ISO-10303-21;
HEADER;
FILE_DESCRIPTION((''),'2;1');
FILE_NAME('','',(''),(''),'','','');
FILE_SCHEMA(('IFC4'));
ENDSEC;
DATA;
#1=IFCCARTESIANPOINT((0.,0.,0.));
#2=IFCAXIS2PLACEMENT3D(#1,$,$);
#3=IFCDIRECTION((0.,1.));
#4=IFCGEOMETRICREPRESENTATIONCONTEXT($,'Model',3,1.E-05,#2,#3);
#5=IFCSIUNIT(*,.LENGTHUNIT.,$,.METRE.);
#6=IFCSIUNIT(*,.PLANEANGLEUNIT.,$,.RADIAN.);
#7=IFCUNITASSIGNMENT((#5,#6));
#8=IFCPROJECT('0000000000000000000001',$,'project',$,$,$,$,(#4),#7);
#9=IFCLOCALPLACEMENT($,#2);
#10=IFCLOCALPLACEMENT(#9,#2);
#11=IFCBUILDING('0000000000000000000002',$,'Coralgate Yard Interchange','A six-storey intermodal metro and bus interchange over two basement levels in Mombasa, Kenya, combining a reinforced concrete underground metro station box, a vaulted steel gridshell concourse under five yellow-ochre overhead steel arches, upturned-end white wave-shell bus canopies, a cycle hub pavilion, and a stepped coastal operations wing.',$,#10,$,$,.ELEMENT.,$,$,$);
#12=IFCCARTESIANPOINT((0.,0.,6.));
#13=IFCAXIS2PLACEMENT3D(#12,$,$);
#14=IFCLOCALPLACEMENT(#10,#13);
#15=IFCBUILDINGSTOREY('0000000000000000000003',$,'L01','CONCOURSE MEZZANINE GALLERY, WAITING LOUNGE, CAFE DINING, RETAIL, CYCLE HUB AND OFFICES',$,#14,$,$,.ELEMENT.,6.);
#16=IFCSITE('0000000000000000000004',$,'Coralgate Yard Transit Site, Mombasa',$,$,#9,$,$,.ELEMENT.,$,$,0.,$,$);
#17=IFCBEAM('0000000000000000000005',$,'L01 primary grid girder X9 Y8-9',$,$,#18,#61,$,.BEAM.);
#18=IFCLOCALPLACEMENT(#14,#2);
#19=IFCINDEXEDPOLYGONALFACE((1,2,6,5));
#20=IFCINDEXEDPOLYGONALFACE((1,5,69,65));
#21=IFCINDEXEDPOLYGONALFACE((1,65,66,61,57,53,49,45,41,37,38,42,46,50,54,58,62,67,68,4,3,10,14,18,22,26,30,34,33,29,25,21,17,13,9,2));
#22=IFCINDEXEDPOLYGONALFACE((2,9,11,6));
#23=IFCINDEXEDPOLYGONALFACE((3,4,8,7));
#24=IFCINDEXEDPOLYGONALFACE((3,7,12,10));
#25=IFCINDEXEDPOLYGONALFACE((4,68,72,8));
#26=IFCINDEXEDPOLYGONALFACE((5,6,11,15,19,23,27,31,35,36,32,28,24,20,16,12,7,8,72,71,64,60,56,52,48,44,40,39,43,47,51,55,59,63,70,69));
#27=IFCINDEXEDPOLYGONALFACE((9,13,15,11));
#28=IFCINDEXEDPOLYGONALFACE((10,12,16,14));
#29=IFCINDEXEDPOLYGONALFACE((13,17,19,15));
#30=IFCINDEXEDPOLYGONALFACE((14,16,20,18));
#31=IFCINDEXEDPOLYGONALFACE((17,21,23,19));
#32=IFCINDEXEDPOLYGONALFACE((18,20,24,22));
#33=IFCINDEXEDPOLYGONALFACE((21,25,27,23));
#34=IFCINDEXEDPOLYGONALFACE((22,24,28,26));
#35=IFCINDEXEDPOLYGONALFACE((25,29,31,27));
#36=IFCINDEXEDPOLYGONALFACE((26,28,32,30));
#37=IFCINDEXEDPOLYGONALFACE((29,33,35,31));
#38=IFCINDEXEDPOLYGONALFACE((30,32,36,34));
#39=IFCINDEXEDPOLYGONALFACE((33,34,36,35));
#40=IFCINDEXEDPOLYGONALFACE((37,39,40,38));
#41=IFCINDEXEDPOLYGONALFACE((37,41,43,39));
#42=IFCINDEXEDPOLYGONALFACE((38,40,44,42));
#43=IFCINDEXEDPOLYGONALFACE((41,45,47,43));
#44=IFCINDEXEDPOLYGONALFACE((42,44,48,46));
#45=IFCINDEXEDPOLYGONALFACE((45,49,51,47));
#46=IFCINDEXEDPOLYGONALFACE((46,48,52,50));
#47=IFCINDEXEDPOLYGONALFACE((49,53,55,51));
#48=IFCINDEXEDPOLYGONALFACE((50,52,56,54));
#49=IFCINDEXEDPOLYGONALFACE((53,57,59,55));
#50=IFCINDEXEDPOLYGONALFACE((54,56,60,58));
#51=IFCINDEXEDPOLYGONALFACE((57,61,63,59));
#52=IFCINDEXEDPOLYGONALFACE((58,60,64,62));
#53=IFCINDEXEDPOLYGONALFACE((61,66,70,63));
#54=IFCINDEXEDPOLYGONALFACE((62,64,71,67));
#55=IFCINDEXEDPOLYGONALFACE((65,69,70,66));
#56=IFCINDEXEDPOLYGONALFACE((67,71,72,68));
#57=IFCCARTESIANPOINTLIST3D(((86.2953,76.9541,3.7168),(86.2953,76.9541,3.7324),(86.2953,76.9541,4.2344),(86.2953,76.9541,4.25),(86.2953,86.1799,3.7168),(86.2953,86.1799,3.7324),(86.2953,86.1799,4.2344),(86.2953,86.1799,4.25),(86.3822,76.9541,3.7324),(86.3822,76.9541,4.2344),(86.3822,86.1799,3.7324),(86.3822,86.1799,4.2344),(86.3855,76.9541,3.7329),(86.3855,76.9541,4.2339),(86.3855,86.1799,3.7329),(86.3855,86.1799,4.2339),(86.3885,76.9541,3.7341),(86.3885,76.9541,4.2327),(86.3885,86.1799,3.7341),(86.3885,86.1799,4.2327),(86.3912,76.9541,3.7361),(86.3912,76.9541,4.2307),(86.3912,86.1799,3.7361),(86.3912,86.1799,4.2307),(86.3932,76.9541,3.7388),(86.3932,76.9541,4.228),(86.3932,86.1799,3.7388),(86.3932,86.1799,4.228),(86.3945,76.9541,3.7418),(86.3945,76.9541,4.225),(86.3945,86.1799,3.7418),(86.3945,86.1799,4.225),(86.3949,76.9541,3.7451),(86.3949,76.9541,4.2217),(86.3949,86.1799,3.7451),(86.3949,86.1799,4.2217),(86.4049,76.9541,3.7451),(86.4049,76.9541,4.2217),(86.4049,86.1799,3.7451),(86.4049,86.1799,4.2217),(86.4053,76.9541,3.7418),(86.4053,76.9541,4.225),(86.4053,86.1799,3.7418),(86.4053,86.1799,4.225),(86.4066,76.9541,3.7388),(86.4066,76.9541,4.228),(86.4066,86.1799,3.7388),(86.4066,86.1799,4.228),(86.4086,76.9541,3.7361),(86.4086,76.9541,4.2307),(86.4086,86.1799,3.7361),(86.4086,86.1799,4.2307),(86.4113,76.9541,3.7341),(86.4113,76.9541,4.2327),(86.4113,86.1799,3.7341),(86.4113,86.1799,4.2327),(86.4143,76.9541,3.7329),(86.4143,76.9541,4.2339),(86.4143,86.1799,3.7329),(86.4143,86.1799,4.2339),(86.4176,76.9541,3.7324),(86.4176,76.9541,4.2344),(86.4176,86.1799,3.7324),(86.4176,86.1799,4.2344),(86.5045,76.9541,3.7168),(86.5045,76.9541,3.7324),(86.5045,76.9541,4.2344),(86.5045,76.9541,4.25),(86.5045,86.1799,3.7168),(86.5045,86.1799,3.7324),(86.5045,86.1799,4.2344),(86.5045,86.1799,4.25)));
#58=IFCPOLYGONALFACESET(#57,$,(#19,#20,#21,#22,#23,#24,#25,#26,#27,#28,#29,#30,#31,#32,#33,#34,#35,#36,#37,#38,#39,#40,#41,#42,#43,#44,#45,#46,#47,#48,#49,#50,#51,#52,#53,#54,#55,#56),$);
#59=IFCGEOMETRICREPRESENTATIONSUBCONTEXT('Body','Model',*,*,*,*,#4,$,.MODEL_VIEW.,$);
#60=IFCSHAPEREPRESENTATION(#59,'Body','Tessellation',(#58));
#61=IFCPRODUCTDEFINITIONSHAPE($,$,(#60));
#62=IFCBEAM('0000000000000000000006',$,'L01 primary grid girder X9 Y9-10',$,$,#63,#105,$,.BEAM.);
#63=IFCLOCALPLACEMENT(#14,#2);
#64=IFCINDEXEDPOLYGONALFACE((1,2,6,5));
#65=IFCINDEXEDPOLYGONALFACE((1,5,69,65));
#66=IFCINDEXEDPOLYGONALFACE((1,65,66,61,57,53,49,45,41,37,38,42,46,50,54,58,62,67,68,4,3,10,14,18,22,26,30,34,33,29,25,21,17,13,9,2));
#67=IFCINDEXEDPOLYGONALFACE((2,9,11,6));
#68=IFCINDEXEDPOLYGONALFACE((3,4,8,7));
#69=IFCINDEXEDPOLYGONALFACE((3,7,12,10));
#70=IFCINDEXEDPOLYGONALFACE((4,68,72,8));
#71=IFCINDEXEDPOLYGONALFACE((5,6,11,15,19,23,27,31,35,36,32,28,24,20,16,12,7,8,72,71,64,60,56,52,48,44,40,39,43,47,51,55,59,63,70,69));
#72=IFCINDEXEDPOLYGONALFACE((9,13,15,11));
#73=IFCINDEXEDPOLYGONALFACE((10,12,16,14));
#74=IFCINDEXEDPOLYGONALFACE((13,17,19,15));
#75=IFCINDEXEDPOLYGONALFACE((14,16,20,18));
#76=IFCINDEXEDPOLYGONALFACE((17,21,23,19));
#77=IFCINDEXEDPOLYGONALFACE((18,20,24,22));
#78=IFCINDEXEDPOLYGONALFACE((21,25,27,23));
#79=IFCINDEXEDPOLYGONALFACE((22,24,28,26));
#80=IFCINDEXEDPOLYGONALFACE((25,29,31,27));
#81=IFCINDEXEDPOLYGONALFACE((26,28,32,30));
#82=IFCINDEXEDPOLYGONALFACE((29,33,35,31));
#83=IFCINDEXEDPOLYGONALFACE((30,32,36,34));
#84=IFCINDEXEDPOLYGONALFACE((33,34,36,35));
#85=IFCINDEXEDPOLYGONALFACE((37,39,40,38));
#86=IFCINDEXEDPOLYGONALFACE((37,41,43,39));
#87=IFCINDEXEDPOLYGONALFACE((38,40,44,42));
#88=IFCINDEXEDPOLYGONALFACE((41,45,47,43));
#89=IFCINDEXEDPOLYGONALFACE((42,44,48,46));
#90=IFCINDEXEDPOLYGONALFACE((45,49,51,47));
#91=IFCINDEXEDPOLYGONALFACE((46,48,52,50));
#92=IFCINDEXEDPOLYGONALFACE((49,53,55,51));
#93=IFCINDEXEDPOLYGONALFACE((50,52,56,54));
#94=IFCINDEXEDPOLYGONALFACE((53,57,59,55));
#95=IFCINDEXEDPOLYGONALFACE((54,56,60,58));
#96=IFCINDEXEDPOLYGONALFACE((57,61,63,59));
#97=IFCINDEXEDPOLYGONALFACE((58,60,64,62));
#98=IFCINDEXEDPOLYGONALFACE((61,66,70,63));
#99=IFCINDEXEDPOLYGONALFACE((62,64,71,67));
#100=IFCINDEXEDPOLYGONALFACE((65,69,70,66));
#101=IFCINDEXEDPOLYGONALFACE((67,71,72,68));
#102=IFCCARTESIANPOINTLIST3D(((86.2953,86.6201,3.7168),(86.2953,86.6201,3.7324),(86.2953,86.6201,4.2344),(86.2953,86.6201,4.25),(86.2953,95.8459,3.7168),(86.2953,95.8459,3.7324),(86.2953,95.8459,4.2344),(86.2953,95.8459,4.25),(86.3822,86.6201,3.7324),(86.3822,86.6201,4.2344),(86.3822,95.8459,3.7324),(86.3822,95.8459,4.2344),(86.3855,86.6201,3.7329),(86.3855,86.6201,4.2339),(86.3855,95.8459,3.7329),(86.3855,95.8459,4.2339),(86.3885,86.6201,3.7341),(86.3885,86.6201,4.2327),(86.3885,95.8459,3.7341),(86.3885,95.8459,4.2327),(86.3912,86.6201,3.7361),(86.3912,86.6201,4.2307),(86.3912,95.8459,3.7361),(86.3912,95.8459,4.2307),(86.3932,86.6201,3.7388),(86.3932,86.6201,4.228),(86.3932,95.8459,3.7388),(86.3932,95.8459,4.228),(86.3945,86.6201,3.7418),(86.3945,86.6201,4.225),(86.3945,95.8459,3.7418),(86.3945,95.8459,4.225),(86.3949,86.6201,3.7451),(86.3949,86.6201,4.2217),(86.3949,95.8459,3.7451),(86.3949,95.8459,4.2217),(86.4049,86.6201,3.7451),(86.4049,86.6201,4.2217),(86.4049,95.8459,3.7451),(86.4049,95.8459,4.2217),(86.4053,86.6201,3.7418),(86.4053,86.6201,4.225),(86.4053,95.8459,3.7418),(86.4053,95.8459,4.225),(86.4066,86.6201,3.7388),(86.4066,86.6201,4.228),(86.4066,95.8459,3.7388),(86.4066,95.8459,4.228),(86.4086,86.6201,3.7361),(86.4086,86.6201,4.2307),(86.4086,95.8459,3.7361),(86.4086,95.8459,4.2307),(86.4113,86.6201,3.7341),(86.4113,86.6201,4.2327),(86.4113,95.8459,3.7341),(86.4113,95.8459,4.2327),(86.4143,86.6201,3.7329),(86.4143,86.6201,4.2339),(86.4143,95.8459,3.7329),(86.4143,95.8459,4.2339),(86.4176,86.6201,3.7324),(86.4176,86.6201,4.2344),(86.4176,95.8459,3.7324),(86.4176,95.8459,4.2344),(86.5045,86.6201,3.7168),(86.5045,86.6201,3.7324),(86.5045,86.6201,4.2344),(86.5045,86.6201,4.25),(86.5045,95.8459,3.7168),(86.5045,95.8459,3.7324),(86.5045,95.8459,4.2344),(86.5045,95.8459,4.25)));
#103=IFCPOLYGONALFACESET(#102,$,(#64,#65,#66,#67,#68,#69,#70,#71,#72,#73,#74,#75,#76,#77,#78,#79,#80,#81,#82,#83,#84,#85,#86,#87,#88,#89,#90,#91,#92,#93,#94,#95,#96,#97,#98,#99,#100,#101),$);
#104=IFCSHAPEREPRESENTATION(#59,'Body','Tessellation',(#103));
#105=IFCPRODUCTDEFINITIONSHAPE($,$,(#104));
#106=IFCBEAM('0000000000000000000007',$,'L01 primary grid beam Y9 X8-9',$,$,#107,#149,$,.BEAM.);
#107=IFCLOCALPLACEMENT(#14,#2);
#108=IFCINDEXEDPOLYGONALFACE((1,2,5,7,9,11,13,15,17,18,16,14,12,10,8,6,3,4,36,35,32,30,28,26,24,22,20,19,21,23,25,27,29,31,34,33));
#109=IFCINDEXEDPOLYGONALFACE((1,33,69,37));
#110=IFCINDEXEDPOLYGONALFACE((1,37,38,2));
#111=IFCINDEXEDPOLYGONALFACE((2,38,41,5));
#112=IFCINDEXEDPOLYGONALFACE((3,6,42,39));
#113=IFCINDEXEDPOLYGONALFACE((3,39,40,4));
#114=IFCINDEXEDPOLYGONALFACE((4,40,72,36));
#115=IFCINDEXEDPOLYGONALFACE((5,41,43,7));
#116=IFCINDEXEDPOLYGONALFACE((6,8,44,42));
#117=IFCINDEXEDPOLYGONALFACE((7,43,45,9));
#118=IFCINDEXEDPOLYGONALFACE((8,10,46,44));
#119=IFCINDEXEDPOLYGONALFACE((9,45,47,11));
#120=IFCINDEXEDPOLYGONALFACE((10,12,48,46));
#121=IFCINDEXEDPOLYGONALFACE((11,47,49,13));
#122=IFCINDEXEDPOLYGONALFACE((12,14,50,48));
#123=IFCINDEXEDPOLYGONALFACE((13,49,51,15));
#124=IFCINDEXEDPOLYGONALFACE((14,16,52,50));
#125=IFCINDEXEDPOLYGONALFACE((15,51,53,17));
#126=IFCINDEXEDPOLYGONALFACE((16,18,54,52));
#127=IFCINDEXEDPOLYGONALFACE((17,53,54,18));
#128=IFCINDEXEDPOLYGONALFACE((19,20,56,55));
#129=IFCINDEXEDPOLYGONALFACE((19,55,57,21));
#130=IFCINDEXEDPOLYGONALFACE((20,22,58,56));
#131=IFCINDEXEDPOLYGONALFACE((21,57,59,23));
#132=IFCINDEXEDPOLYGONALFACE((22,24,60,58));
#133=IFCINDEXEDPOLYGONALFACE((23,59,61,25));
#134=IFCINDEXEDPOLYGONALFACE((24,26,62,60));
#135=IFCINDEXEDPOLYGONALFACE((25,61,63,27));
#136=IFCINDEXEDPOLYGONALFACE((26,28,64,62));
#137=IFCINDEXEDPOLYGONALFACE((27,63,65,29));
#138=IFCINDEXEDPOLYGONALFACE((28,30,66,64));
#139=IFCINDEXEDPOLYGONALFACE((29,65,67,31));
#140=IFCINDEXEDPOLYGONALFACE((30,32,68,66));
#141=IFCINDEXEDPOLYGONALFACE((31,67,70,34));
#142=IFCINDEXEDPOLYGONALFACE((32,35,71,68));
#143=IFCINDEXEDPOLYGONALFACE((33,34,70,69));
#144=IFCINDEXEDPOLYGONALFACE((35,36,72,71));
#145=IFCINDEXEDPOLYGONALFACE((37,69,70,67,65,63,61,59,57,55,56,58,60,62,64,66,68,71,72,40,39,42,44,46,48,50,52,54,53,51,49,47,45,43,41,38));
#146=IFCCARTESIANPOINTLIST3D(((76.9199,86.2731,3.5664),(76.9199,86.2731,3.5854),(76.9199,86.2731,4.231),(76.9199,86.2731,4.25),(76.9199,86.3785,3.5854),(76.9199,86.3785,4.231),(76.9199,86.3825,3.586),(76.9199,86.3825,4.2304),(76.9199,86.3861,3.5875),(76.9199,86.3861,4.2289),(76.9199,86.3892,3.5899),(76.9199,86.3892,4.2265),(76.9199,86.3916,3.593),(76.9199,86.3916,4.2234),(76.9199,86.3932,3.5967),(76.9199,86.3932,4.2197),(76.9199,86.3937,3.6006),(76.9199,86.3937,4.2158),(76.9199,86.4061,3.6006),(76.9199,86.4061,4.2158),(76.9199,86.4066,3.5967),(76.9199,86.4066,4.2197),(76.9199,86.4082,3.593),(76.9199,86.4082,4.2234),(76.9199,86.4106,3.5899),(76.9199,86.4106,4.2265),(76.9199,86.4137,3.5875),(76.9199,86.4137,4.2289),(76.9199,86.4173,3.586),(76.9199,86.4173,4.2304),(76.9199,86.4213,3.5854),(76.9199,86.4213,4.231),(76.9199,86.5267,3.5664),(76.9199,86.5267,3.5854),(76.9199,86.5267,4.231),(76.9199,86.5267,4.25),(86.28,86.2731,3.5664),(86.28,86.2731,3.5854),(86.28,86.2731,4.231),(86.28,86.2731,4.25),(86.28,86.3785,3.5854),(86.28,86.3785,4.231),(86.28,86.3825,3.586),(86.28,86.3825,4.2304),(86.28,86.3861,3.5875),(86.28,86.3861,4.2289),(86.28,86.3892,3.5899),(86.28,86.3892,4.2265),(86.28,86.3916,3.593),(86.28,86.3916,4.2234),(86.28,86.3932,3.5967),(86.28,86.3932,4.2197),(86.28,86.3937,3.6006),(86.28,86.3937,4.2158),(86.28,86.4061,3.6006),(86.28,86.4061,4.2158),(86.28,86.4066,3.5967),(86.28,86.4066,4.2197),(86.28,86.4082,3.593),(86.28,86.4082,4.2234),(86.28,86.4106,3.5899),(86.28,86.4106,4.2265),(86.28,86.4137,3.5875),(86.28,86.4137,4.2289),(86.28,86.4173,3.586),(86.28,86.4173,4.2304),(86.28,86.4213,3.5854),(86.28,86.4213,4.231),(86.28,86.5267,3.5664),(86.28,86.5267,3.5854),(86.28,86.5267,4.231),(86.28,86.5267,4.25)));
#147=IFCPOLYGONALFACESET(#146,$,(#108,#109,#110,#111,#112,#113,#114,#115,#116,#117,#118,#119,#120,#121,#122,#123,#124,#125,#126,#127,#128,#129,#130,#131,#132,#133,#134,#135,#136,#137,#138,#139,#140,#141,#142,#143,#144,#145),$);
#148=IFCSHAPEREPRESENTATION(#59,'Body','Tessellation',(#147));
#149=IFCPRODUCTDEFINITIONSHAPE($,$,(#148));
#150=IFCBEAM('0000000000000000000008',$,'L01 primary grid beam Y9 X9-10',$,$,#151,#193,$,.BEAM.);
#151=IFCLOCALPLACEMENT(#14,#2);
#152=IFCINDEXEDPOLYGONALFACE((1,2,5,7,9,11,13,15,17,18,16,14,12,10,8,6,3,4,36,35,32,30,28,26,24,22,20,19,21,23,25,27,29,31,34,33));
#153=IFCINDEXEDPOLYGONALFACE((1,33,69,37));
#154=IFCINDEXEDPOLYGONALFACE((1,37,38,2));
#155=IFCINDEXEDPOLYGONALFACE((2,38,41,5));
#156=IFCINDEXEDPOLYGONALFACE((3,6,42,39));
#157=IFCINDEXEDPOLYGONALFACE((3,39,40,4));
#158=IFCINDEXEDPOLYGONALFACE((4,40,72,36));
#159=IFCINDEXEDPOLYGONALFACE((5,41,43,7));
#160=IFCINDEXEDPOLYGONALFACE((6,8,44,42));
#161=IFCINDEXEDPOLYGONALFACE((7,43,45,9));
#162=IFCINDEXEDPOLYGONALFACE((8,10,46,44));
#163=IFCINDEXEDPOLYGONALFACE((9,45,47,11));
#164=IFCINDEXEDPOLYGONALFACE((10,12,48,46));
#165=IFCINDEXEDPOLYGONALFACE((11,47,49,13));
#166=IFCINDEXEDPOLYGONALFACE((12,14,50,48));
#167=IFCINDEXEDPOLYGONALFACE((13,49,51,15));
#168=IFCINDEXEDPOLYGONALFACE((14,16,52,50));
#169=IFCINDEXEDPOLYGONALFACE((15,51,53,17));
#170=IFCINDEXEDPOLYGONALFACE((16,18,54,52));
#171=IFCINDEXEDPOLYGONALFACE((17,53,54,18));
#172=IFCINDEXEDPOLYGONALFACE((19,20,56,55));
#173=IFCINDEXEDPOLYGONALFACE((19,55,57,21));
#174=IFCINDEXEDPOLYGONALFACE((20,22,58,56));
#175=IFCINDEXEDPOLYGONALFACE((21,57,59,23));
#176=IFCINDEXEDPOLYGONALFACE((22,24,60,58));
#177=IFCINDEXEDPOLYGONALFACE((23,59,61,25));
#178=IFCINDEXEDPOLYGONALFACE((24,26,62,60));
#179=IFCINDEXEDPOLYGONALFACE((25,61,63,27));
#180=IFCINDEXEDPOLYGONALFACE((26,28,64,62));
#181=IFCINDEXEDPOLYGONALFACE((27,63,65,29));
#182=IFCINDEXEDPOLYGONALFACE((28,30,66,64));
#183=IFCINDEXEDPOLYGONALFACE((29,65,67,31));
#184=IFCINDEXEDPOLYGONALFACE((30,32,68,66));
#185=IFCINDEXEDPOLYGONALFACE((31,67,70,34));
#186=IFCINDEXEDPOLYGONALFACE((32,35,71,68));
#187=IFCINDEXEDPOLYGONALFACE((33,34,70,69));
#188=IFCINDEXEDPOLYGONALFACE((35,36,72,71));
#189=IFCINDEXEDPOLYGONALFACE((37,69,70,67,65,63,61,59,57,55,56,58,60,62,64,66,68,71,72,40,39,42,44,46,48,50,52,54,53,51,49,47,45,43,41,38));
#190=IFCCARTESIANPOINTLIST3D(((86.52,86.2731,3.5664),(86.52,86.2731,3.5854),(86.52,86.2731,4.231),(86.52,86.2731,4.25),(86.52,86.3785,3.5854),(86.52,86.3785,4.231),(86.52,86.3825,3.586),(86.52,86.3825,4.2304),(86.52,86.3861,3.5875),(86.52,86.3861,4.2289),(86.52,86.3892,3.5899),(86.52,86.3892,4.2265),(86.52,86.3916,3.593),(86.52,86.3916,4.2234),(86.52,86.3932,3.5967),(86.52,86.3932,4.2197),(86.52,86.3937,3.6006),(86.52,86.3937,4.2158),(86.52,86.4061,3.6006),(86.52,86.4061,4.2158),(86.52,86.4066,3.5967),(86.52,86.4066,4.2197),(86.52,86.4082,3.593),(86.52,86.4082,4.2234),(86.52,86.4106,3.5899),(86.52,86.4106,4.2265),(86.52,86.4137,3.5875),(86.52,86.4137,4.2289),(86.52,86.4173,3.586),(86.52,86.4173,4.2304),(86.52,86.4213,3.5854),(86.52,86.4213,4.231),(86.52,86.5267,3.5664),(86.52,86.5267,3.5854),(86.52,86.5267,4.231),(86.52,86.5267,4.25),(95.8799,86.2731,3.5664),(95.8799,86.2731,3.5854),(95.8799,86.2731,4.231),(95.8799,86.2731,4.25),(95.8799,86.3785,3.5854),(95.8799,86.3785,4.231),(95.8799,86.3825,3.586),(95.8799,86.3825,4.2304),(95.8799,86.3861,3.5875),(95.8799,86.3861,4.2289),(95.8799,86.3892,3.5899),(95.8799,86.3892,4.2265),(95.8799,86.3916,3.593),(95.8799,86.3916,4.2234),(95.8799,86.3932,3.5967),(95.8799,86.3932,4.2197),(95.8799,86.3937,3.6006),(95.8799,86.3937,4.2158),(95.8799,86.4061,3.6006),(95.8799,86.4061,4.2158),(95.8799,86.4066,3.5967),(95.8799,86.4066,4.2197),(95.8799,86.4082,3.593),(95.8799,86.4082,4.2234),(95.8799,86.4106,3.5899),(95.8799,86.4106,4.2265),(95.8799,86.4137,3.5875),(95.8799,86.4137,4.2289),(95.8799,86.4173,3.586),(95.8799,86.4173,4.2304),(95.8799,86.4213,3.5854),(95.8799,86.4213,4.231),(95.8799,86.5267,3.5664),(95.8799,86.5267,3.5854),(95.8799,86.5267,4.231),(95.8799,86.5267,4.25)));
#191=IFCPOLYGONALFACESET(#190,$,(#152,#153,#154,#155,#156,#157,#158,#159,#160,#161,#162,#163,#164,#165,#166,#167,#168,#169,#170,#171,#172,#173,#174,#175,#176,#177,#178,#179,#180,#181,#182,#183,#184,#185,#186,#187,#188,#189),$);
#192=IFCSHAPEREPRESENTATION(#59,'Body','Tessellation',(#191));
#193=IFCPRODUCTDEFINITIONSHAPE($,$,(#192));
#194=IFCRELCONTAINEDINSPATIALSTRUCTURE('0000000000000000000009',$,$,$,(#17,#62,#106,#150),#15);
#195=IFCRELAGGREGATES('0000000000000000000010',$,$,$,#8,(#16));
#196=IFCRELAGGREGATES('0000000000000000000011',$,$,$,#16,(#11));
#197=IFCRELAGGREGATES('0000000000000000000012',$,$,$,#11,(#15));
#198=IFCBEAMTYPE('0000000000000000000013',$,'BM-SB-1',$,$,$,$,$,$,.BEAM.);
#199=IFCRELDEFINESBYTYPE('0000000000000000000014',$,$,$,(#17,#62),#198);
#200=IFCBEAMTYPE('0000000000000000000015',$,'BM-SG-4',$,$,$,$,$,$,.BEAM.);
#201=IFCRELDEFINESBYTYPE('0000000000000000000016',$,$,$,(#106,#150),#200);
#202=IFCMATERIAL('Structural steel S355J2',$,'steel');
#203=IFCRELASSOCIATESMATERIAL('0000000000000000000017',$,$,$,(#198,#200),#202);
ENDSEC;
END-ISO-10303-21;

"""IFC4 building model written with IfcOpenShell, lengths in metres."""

from ifc_helpers import new_model, si_unit, direction, frame, origin, origin_2d, place, context, subcontext, project, spatial, i_section, extrude, material, material_profile, profile_set, type_object, element, save


model = new_model("IFC4")

# Units and contexts
model_context = context("Model", 3, precision=1e-05, world=origin(), true_north=direction((0.0, 1.0)))
body_context = subcontext(model_context, "Body", "Model", "MODEL_VIEW")
ifc_project = project(units=[si_unit("LENGTHUNIT", "METRE"), si_unit("PLANEANGLEUNIT", "RADIAN")], contexts=[model_context])

# Site, building, storey
site_placement = place(None, origin())
site = spatial("IfcSite", under=ifc_project, at=site_placement, Name="Coralgate Yard Transit Site, Mombasa", CompositionType="ELEMENT", RefElevation=0.0)
building_placement = place(site_placement, origin())
building = spatial("IfcBuilding", under=site, at=building_placement, Name="Coralgate Yard Interchange", Description="A six-storey intermodal metro and bus interchange over two basement levels in Mombasa, Kenya, combining a reinforced concrete underground metro station box, a vaulted steel gridshell concourse under five yellow-ochre overhead steel arches, upturned-end white wave-shell bus canopies, a cycle hub pavilion, and a stepped coastal operations wing.", CompositionType="ELEMENT")
storey_placement = place(building_placement, frame((0.0, 0.0, 6.0)))
storey = spatial("IfcBuildingStorey", under=building, at=storey_placement, Name="L01", Description="CONCOURSE MEZZANINE GALLERY, WAITING LOUNGE, CAFE DINING, RETAIL, CYCLE HUB AND OFFICES", CompositionType="ELEMENT", Elevation=6.0)

# Shared definitions
ifc_material_1 = material(Name="Structural steel S355J2", Category="steel")

# Beams
ifc_material_profile_1 = material_profile(ifc_material_1, i_section(OverallWidth=0.2092, OverallDepth=0.5332, WebThickness=0.01, FlangeThickness=0.0156, FilletRadius=0.0127, at=origin_2d()), Name="UB 533x210x92")
ifc_profile_set_1 = profile_set([ifc_material_profile_1], Name="Structural steel S355J2")
beam_type_1 = type_object("IfcBeamType", Name="BM-SB-1", PredefinedType="BEAM", material=ifc_profile_set_1)
for number, where, z_axis, x_axis, name in (
    (1, (86.3999, 76.9541, 3.9834), (0.0, 1.0, 0.0), (-1.0, 0.0, 0.0), "L01 primary grid girder X9 Y8-9"),
    (2, (86.3999, 86.6201, 3.9834), (0.0, 1.0, 0.0), (-1.0, 0.0, 0.0), "L01 primary grid girder X9 Y9-10"),
):
    element("IfcBeam", number, at=place(storey_placement, frame(where, z_axis=z_axis, x_axis=x_axis)), inside=storey, type_object=beam_type_1, Name=name, PredefinedType="BEAM", context=body_context, shape_type="SweptSolid", body=[
        extrude(i_section(OverallWidth=0.2092, OverallDepth=0.5332, WebThickness=0.01, FlangeThickness=0.0156, FilletRadius=0.0127, at=origin_2d()), origin(), (0.0, 0.0, 1.0), 9.2258),
    ])
ifc_material_profile_2 = material_profile(ifc_material_1, i_section(OverallWidth=0.2537, OverallDepth=0.6836, WebThickness=0.0125, FlangeThickness=0.019, FilletRadius=0.0151, at=origin_2d()), Name="UB 686x254x140")
ifc_profile_set_2 = profile_set([ifc_material_profile_2], Name="Structural steel S355J2")
beam_type_2 = type_object("IfcBeamType", Name="BM-SG-4", PredefinedType="BEAM", material=ifc_profile_set_2)
beam_1_placement = place(storey_placement, frame((76.9199, 86.3999, 3.9082), z_axis=(1.0, 0.0, 0.0), x_axis=(0.0, 1.0, 0.0)))
element("IfcBeam", 3, at=beam_1_placement, inside=storey, type_object=beam_type_2, Name="L01 primary grid beam Y9 X8-9", PredefinedType="BEAM", context=body_context, shape_type="SweptSolid", body=[
    extrude(i_section(OverallWidth=0.2537, OverallDepth=0.6836, WebThickness=0.0125, FlangeThickness=0.019, FilletRadius=0.0151, at=origin_2d()), origin(), (0.0, 0.0, 1.0), 9.3601),
])
beam_2_placement = place(storey_placement, frame((86.52, 86.3999, 3.9082), z_axis=(1.0, 0.0, 0.0), x_axis=(0.0, 1.0, 0.0)))
element("IfcBeam", 4, at=beam_2_placement, inside=storey, type_object=beam_type_2, Name="L01 primary grid beam Y9 X9-10", PredefinedType="BEAM", context=body_context, shape_type="SweptSolid", body=[
    extrude(i_section(OverallWidth=0.2537, OverallDepth=0.6836, WebThickness=0.0125, FlangeThickness=0.019, FilletRadius=0.0151, at=origin_2d()), origin(), (0.0, 0.0, 1.0), 9.3599),
])

save(model, "model.ifc")
